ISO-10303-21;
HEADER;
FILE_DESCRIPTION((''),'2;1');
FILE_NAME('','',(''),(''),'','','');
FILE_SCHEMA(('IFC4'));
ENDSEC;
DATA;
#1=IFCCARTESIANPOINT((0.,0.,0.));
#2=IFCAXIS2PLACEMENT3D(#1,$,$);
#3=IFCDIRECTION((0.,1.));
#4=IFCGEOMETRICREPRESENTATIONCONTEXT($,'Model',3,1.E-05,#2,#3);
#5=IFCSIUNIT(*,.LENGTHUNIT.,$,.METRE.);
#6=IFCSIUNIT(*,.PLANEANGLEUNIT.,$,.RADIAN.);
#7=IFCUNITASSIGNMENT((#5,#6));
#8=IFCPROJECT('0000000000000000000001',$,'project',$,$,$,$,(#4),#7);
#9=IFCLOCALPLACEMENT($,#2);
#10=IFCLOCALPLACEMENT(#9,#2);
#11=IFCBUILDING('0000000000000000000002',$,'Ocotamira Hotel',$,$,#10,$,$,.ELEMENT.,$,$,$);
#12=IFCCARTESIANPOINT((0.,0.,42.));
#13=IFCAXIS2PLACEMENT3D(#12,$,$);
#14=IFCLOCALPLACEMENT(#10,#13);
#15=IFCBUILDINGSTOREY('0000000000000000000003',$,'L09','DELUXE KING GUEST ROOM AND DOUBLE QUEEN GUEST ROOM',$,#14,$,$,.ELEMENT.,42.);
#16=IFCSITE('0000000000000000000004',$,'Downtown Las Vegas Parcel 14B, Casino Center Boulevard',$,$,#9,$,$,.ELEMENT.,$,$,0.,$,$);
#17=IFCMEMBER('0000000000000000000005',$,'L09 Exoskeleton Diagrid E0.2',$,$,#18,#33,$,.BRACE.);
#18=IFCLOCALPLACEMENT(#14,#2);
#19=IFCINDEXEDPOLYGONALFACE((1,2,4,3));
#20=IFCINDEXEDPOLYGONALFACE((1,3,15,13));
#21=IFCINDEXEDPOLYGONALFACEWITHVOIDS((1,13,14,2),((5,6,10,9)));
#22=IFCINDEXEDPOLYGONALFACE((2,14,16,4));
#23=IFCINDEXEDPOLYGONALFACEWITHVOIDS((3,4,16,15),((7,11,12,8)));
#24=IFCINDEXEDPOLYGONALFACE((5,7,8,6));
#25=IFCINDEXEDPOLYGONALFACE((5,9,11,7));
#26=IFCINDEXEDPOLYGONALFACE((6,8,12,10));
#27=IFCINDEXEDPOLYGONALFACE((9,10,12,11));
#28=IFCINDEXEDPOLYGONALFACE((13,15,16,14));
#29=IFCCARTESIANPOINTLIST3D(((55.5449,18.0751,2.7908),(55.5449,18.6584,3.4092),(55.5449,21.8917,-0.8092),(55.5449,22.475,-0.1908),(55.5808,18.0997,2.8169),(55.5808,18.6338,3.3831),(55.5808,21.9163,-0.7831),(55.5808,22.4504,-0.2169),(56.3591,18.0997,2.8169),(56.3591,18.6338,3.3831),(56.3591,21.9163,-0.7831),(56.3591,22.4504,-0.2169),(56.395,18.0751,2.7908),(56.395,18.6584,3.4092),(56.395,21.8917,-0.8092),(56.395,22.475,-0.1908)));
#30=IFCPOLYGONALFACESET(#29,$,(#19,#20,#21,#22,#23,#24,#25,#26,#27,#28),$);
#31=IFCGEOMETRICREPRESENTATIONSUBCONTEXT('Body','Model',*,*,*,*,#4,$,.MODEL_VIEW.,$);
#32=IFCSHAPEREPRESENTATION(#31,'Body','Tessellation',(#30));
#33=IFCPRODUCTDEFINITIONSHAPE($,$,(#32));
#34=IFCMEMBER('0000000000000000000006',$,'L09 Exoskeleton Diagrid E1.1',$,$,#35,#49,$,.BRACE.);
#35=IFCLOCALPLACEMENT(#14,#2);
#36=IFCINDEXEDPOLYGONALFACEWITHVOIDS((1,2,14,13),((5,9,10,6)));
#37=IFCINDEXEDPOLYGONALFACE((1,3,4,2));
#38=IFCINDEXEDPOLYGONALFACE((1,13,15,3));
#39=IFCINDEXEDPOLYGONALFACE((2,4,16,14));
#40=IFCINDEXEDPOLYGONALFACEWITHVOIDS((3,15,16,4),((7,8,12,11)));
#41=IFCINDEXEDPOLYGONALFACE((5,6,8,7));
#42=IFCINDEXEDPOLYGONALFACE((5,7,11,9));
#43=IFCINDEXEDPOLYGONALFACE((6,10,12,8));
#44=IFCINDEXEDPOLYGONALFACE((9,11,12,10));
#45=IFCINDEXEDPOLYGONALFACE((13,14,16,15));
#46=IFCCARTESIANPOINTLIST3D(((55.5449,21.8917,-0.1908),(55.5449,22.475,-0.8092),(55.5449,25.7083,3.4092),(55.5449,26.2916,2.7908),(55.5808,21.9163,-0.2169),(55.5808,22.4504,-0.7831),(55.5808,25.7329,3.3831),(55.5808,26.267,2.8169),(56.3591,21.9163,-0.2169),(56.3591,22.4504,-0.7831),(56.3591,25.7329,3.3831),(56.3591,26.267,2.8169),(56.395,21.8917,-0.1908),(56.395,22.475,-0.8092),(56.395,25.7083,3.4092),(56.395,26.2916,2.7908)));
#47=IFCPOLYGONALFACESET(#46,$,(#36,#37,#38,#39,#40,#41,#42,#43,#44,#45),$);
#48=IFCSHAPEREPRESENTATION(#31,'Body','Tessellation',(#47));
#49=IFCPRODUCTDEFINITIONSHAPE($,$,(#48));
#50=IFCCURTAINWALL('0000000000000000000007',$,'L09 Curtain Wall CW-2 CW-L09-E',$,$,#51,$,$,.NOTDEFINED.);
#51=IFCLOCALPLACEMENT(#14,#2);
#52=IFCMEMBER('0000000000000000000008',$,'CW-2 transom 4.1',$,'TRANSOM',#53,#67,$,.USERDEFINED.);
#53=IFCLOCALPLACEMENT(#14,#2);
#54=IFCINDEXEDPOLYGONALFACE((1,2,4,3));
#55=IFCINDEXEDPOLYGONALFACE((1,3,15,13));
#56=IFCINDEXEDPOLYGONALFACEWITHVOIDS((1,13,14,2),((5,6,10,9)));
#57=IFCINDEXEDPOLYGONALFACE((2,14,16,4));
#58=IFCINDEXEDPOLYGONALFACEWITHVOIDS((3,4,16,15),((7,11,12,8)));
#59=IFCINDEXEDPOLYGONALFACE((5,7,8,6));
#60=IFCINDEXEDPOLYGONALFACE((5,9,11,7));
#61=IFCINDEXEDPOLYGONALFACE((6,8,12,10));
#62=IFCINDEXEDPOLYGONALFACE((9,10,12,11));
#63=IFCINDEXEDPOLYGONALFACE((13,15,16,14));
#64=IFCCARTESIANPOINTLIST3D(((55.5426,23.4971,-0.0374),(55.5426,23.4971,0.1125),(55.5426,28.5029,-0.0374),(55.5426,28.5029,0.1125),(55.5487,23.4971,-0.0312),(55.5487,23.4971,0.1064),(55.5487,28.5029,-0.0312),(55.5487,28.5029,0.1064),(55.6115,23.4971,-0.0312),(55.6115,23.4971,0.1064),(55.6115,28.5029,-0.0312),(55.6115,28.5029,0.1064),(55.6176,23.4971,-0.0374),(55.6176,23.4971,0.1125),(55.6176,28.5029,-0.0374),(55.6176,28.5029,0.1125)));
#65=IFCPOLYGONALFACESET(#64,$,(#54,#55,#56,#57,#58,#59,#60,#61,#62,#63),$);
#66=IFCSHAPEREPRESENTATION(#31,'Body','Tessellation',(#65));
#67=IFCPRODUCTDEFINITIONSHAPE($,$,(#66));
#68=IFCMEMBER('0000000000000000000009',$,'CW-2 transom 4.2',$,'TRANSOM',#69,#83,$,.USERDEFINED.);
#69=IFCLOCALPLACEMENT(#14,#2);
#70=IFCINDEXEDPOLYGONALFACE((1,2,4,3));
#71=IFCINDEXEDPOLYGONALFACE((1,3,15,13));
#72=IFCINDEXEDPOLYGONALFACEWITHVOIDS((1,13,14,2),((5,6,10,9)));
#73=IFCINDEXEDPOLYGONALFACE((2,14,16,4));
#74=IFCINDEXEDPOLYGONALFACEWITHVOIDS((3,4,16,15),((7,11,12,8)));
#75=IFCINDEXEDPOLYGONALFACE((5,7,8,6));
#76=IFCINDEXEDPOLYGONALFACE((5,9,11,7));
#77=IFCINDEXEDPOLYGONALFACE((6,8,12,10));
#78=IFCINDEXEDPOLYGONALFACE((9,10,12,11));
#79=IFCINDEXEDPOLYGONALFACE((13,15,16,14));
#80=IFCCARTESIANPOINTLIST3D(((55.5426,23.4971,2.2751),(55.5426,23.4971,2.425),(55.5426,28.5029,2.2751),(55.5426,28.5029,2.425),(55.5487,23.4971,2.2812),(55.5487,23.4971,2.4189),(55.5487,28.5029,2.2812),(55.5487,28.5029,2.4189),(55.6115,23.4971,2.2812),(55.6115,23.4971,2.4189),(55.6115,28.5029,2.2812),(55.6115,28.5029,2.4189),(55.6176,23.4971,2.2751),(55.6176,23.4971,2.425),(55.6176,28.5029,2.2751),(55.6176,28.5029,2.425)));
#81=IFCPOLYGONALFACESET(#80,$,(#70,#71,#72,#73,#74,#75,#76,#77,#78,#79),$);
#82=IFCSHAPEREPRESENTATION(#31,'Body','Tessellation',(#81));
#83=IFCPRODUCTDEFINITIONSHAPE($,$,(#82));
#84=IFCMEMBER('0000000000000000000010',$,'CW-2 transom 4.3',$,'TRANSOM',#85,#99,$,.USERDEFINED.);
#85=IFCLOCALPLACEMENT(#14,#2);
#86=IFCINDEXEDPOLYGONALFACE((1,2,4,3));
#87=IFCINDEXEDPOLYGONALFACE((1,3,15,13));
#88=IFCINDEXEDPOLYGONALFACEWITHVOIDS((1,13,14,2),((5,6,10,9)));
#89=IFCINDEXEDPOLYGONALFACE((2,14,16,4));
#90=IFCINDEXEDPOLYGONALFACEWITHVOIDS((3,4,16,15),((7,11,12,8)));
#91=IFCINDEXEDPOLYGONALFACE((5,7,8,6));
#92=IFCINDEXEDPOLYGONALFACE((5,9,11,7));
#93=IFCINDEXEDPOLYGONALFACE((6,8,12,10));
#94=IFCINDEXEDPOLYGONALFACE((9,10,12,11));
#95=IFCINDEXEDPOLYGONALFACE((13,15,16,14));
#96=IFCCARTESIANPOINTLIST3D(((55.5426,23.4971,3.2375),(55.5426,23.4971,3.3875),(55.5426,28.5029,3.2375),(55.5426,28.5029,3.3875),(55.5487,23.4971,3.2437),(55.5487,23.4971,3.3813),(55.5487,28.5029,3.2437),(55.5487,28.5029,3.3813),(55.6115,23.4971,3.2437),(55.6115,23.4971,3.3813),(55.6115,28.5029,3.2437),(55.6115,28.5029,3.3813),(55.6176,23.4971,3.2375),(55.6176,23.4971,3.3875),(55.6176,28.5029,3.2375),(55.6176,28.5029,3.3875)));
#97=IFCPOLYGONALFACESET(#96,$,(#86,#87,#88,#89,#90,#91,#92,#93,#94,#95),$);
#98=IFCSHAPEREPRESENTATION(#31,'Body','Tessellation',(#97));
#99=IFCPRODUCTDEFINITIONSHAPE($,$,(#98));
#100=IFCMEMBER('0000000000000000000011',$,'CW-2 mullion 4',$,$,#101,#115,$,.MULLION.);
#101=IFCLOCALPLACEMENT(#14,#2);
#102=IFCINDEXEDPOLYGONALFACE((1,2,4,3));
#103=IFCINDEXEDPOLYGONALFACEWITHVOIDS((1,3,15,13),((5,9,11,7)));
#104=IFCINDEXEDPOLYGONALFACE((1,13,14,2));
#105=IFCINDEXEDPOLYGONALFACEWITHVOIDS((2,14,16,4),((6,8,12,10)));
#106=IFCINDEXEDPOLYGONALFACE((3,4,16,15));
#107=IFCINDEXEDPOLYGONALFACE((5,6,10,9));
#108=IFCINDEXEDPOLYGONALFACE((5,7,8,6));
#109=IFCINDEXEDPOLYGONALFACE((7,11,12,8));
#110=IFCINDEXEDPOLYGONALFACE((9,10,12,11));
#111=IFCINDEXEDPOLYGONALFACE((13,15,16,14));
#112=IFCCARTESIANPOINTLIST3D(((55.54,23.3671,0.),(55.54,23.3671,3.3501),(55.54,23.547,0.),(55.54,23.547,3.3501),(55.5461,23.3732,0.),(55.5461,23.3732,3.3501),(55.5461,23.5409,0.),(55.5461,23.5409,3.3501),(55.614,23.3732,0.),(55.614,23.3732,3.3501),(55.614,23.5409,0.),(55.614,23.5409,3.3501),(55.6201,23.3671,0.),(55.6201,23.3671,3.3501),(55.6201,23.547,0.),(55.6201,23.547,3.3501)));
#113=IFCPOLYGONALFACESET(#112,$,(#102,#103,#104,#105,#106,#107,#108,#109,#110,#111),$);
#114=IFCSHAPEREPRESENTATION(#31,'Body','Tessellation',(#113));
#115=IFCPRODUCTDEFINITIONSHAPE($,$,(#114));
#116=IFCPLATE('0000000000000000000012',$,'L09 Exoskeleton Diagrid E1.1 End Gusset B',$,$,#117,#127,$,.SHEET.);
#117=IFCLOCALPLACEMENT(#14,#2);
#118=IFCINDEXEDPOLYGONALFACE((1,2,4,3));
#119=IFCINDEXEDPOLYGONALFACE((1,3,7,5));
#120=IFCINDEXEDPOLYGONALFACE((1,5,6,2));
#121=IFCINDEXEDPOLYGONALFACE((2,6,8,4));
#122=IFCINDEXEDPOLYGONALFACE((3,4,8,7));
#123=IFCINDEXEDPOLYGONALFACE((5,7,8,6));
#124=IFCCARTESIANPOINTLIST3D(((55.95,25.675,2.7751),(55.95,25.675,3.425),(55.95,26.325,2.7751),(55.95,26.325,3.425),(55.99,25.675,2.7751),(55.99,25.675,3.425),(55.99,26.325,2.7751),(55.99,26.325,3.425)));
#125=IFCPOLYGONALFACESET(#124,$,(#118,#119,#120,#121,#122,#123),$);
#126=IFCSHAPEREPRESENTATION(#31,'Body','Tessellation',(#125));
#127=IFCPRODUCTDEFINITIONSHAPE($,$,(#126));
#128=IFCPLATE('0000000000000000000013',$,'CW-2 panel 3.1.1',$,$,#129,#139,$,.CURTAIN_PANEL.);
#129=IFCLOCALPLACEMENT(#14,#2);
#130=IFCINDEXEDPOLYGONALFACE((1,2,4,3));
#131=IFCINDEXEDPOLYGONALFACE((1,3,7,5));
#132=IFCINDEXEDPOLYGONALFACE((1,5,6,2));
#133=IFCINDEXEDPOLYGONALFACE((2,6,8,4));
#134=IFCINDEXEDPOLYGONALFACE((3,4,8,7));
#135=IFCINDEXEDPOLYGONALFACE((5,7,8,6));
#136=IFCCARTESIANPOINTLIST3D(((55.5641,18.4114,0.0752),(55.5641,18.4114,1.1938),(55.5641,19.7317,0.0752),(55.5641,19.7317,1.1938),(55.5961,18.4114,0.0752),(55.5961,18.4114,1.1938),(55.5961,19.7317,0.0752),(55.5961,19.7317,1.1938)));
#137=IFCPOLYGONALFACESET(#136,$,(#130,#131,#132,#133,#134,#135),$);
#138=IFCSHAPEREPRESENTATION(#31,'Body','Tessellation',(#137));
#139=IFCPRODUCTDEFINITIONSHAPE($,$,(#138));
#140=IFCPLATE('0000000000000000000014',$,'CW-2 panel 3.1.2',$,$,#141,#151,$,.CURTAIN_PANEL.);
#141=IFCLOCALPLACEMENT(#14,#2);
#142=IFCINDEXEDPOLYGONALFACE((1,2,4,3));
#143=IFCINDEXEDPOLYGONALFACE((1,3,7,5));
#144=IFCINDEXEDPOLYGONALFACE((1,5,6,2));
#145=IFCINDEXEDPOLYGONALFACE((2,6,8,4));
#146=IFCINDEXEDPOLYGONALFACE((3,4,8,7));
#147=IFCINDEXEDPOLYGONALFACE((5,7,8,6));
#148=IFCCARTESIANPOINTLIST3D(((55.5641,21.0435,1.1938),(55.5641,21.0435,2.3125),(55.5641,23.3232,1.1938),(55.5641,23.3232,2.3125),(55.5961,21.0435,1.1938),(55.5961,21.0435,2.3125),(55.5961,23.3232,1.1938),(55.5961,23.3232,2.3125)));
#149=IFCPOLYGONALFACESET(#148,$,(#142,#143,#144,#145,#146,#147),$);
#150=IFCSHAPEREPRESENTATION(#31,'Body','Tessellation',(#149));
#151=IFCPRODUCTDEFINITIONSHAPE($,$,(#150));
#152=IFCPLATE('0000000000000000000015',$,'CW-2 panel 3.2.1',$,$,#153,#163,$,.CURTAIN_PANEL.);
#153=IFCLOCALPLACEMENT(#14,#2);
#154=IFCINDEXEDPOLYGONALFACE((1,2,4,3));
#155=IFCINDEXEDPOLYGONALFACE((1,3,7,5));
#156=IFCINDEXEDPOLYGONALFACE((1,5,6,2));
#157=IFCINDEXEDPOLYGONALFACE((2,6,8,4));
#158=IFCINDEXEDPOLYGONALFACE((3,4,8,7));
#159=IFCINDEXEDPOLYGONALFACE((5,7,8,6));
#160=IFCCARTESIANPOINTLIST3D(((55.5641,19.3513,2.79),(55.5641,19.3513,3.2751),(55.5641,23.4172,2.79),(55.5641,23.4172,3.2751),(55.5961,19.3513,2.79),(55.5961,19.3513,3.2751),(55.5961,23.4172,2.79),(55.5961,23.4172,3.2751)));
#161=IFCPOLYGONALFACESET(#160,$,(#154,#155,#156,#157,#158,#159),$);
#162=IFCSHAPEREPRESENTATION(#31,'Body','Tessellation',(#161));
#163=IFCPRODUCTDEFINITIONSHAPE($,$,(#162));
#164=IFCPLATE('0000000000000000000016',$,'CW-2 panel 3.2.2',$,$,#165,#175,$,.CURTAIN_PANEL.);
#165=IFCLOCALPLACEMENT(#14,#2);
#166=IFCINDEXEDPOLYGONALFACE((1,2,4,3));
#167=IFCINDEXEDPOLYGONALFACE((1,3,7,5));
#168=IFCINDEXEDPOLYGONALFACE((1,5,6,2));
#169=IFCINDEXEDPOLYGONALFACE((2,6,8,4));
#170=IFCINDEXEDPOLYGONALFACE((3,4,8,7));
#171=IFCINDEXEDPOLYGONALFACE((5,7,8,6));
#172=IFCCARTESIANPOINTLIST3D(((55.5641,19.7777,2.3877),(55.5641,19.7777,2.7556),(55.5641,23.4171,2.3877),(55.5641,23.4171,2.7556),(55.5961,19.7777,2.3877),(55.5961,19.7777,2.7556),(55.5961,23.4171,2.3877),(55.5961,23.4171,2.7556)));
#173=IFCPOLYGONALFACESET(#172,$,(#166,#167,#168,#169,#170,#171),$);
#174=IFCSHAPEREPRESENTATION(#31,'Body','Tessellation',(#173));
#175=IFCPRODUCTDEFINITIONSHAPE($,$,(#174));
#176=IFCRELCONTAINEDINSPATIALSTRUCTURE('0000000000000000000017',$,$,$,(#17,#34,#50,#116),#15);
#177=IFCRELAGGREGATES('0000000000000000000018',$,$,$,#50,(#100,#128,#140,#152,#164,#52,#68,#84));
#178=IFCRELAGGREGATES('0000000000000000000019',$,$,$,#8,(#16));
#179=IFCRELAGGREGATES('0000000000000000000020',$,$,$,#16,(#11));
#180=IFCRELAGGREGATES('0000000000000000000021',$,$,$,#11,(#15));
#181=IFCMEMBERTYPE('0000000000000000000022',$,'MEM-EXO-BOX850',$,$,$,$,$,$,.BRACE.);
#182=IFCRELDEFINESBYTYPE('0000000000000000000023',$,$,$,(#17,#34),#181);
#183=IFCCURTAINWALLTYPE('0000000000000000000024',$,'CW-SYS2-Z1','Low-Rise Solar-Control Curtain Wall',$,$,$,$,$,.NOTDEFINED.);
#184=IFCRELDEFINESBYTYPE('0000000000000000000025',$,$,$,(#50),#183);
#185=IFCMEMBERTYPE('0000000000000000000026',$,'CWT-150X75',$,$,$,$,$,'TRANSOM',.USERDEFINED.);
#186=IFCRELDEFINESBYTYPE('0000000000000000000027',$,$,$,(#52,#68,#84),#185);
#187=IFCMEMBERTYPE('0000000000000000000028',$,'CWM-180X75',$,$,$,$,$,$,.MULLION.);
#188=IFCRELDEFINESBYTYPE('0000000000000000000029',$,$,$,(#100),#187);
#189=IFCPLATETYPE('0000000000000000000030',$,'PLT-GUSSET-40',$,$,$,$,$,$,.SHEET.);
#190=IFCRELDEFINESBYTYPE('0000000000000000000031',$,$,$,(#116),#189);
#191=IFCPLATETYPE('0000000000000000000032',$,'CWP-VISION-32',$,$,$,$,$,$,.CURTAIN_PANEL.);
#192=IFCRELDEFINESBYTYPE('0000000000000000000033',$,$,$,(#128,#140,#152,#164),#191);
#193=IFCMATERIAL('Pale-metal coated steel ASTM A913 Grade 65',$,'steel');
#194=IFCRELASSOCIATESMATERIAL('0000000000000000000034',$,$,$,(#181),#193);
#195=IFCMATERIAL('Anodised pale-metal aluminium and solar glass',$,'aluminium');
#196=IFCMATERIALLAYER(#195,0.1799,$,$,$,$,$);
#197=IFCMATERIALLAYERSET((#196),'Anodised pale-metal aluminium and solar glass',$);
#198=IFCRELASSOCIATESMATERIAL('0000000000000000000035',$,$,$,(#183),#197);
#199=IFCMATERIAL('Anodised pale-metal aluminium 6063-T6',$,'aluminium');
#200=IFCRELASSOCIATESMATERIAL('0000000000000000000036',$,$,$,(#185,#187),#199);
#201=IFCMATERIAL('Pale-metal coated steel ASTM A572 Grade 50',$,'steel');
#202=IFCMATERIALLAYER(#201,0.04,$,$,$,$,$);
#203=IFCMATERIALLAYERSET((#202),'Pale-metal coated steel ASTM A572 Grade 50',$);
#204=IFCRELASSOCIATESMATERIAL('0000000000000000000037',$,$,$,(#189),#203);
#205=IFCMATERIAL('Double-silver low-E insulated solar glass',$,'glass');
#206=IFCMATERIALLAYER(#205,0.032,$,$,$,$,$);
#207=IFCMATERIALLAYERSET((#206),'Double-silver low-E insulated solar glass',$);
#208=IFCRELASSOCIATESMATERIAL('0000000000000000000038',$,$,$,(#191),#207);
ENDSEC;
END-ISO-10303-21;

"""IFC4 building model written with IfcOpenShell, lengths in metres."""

from ifc_helpers import new_model, si_unit, direction, frame, origin, origin_2d, place, context, subcontext, project, spatial, rectangle, hollow_rectangle, extrude, source, transform, mapped, material, layer, layer_set, material_profile, profile_set, type_object, element, aggregate, save


model = new_model("IFC4")

# Units and contexts
model_context = context("Model", 3, precision=1e-05, world=origin(), true_north=direction((0.0, 1.0)))
body_context = subcontext(model_context, "Body", "Model", "MODEL_VIEW")
ifc_project = project(units=[si_unit("LENGTHUNIT", "METRE"), si_unit("PLANEANGLEUNIT", "RADIAN")], contexts=[model_context])

# Site, building, storey
site_placement = place(None, origin())
site = spatial("IfcSite", under=ifc_project, at=site_placement, Name="Downtown Las Vegas Parcel 14B, Casino Center Boulevard", CompositionType="ELEMENT", RefElevation=0.0)
building_placement = place(site_placement, origin())
building = spatial("IfcBuilding", under=site, at=building_placement, Name="Ocotamira Hotel", CompositionType="ELEMENT")
storey_placement = place(building_placement, frame((0.0, 0.0, 42.0)))
storey = spatial("IfcBuildingStorey", under=building, at=storey_placement, Name="L09", Description="DELUXE KING GUEST ROOM AND DOUBLE QUEEN GUEST ROOM", CompositionType="ELEMENT", Elevation=42.0)

# Members
ifc_material_1 = material(Name="Pale-metal coated steel ASTM A913 Grade 65", Category="steel")
ifc_material_profile_1 = material_profile(ifc_material_1, hollow_rectangle(XDim=0.8501, YDim=0.8501, WallThickness=0.0359, at=origin_2d()), Name="BOX850X850X36")
ifc_profile_set_1 = profile_set([ifc_material_profile_1], Name="Pale-metal coated steel ASTM A913 Grade 65")
member_type_1 = type_object("IfcMemberType", Name="MEM-EXO-BOX850", PredefinedType="BRACE", material=ifc_profile_set_1)
shared_shape_1 = source(origin(), body_context, "Body", "SweptSolid", [
    extrude(hollow_rectangle(XDim=0.8501, YDim=0.8501, WallThickness=0.0359, at=origin_2d()), origin(), (0.0, 0.0, 1.0), 5.2466),
])
for number, where, z_axis, x_axis, name in (
    (1, (55.97, 22.1833, -0.5), (0.0, -0.727443, 0.686168), (1.0, 0.0, 0.0), "L09 Exoskeleton Diagrid E0.2"),
    (2, (55.97, 22.1833, -0.5), (0.0, 0.727443, 0.686168), (-1.0, 0.0, 0.0), "L09 Exoskeleton Diagrid E1.1"),
):
    element("IfcMember", number, at=place(storey_placement, frame(where, z_axis=z_axis, x_axis=x_axis)), inside=storey, type_object=member_type_1, Name=name, PredefinedType="BRACE", context=body_context, shape_type="MappedRepresentation", body=[
        mapped(shared_shape_1, transform((0.0, 0.0, 0.0), scale=1.0)),
    ])

# Curtain wall, members
ifc_material_2 = material(Name="Anodised pale-metal aluminium and solar glass", Category="aluminium")
ifc_layer_1 = layer(ifc_material_2, 0.1799)
ifc_layer_set_1 = layer_set([ifc_layer_1], Name="Anodised pale-metal aluminium and solar glass")
curtain_wall_type = type_object("IfcCurtainWallType", Name="CW-SYS2-Z1", Description="Low-Rise Solar-Control Curtain Wall", PredefinedType="NOTDEFINED", material=ifc_layer_set_1)
curtain_wall_placement = place(storey_placement, origin())
curtain_wall = element("IfcCurtainWall", 3, at=curtain_wall_placement, inside=storey, type_object=curtain_wall_type, Name="L09 Curtain Wall CW-2 CW-L09-E", PredefinedType="NOTDEFINED")
ifc_material_3 = material(Name="Anodised pale-metal aluminium 6063-T6", Category="aluminium")
ifc_material_profile_2 = material_profile(ifc_material_3, hollow_rectangle(XDim=0.075, YDim=0.1499, WallThickness=0.0061, at=origin_2d()), Name="HSS150X75X6")
ifc_profile_set_2 = profile_set([ifc_material_profile_2], Name="Anodised pale-metal aluminium 6063-T6")
member_type_2 = type_object("IfcMemberType", Name="CWT-150X75", ElementType="TRANSOM", PredefinedType="USERDEFINED", material=ifc_profile_set_2)
shared_shape_2 = source(origin(), body_context, "Body", "SweptSolid", [
    extrude(hollow_rectangle(XDim=0.075, YDim=0.1499, WallThickness=0.0061, at=origin_2d()), origin(), (0.0, 0.0, 1.0), 5.0059),
])
member_1_placement = place(storey_placement, frame((55.5801, 23.4971, 0.0376), z_axis=(0.0, 1.0, 0.0), x_axis=(-1.0, 0.0, 0.0)))
member_1 = element("IfcMember", 4, at=member_1_placement, type_object=member_type_2, Name="CW-2 transom 4.1", ObjectType="TRANSOM", PredefinedType="USERDEFINED", context=body_context, shape_type="MappedRepresentation", body=[
    mapped(shared_shape_2, transform((0.0, 0.0, 0.0), scale=1.0)),
])
member_2_placement = place(storey_placement, frame((55.5801, 23.4971, 2.3501), z_axis=(0.0, 1.0, 0.0), x_axis=(-1.0, 0.0, 0.0)))
member_2 = element("IfcMember", 5, at=member_2_placement, type_object=member_type_2, Name="CW-2 transom 4.2", ObjectType="TRANSOM", PredefinedType="USERDEFINED", context=body_context, shape_type="MappedRepresentation", body=[
    mapped(shared_shape_2, transform((0.0, 0.0, 0.0), scale=1.0)),
])
member_3_placement = place(storey_placement, frame((55.5801, 23.4971, 3.3125), z_axis=(0.0, 1.0, 0.0), x_axis=(-1.0, 0.0, 0.0)))
member_3 = element("IfcMember", 6, at=member_3_placement, type_object=member_type_2, Name="CW-2 transom 4.3", ObjectType="TRANSOM", PredefinedType="USERDEFINED", context=body_context, shape_type="MappedRepresentation", body=[
    mapped(shared_shape_2, transform((0.0, 0.0, 0.0), scale=1.0)),
])
ifc_material_profile_3 = material_profile(ifc_material_3, hollow_rectangle(XDim=0.0801, YDim=0.1799, WallThickness=0.0061, at=origin_2d()), Name="HSS180X80X6")
ifc_profile_set_3 = profile_set([ifc_material_profile_3], Name="Anodised pale-metal aluminium 6063-T6")
member_type_3 = type_object("IfcMemberType", Name="CWM-180X75", PredefinedType="MULLION", material=ifc_profile_set_3)
shared_shape_3 = source(origin(), body_context, "Body", "SweptSolid", [
    extrude(hollow_rectangle(XDim=0.0801, YDim=0.1799, WallThickness=0.0061, at=origin_2d()), origin(), (0.0, 0.0, 1.0), 3.3501),
])
member_4_placement = place(storey_placement, frame((55.5801, 23.457, 0.0), z_axis=(0.0, 0.0, 1.0), x_axis=(-1.0, 0.0, 0.0)))
member_4 = element("IfcMember", 7, at=member_4_placement, type_object=member_type_3, Name="CW-2 mullion 4", PredefinedType="MULLION", context=body_context, shape_type="MappedRepresentation", body=[
    mapped(shared_shape_3, transform((0.0, 0.0, 0.0), scale=1.0)),
])

# Plates
ifc_material_4 = material(Name="Pale-metal coated steel ASTM A572 Grade 50", Category="steel")
ifc_layer_2 = layer(ifc_material_4, 0.04)
ifc_layer_set_2 = layer_set([ifc_layer_2], Name="Pale-metal coated steel ASTM A572 Grade 50")
plate_type_1 = type_object("IfcPlateType", Name="PLT-GUSSET-40", PredefinedType="SHEET", material=ifc_layer_set_2)
shared_shape_4 = source(origin(), body_context, "Body", "SweptSolid", [
    extrude(rectangle(XDim=0.04, YDim=0.6499, at=origin_2d()), origin(), (0.0, 0.0, 1.0), 0.6499),
])
plate_1_placement = place(storey_placement, frame((55.97, 26.0, 2.7751), z_axis=(0.0, 0.0, 1.0), x_axis=(1.0, 0.0, 0.0)))
element("IfcPlate", 8, at=plate_1_placement, inside=storey, type_object=plate_type_1, Name="L09 Exoskeleton Diagrid E1.1 End Gusset B", PredefinedType="SHEET", context=body_context, shape_type="MappedRepresentation", body=[
    mapped(shared_shape_4, transform((0.0, 0.0, 0.0), scale=1.0)),
])
ifc_material_5 = material(Name="Double-silver low-E insulated solar glass", Category="glass")
ifc_layer_3 = layer(ifc_material_5, 0.032)
ifc_layer_set_3 = layer_set([ifc_layer_3], Name="Double-silver low-E insulated solar glass")
plate_type_2 = type_object("IfcPlateType", Name="CWP-VISION-32", PredefinedType="CURTAIN_PANEL", material=ifc_layer_set_3)
shared_shape_5 = source(origin(), body_context, "Body", "SweptSolid", [
    extrude(rectangle(XDim=1.3203, YDim=0.032, at=origin_2d()), origin(), (0.0, 0.0, 1.0), 1.1187),
])
plate_2_placement = place(storey_placement, frame((55.5801, 19.0715, 0.0752), z_axis=(0.0, 0.0, 1.0), x_axis=(0.0, 1.0, 0.0)))
plate_2 = element("IfcPlate", 9, at=plate_2_placement, type_object=plate_type_2, Name="CW-2 panel 3.1.1", PredefinedType="CURTAIN_PANEL", context=body_context, shape_type="MappedRepresentation", body=[
    mapped(shared_shape_5, transform((0.0, 0.0, 0.0), scale=1.0)),
])
shared_shape_6 = source(origin(), body_context, "Body", "SweptSolid", [
    extrude(rectangle(XDim=2.2798, YDim=0.032, at=origin_2d()), origin(), (0.0, 0.0, 1.0), 1.1187),
])
plate_3_placement = place(storey_placement, frame((55.5801, 22.1833, 1.1938), z_axis=(0.0, 0.0, 1.0), x_axis=(0.0, 1.0, 0.0)))
plate_3 = element("IfcPlate", 10, at=plate_3_placement, type_object=plate_type_2, Name="CW-2 panel 3.1.2", PredefinedType="CURTAIN_PANEL", context=body_context, shape_type="MappedRepresentation", body=[
    mapped(shared_shape_6, transform((0.0, 0.0, 0.0), scale=1.0)),
])
shared_shape_7 = source(origin(), body_context, "Body", "SweptSolid", [
    extrude(rectangle(XDim=4.0659, YDim=0.032, at=origin_2d()), origin(), (0.0, 0.0, 1.0), 0.4851),
])
plate_4_placement = place(storey_placement, frame((55.5801, 21.3843, 2.79), z_axis=(0.0, 0.0, 1.0), x_axis=(0.0, 1.0, 0.0)))
plate_4 = element("IfcPlate", 11, at=plate_4_placement, type_object=plate_type_2, Name="CW-2 panel 3.2.1", PredefinedType="CURTAIN_PANEL", context=body_context, shape_type="MappedRepresentation", body=[
    mapped(shared_shape_7, transform((0.0, 0.0, 0.0), scale=1.0)),
])
shared_shape_8 = source(origin(), body_context, "Body", "SweptSolid", [
    extrude(rectangle(XDim=3.6394, YDim=0.032, at=origin_2d()), origin(), (0.0, 0.0, 1.0), 0.3679),
])
plate_5_placement = place(storey_placement, frame((55.5801, 21.5974, 2.3877), z_axis=(0.0, 0.0, 1.0), x_axis=(0.0, 1.0, 0.0)))
plate_5 = element("IfcPlate", 12, at=plate_5_placement, type_object=plate_type_2, Name="CW-2 panel 3.2.2", PredefinedType="CURTAIN_PANEL", context=body_context, shape_type="MappedRepresentation", body=[
    mapped(shared_shape_8, transform((0.0, 0.0, 0.0), scale=1.0)),
])
aggregate(curtain_wall, [member_4, plate_2, plate_3, plate_4, plate_5, member_1, member_2, member_3])

save(model, "model.ifc")
